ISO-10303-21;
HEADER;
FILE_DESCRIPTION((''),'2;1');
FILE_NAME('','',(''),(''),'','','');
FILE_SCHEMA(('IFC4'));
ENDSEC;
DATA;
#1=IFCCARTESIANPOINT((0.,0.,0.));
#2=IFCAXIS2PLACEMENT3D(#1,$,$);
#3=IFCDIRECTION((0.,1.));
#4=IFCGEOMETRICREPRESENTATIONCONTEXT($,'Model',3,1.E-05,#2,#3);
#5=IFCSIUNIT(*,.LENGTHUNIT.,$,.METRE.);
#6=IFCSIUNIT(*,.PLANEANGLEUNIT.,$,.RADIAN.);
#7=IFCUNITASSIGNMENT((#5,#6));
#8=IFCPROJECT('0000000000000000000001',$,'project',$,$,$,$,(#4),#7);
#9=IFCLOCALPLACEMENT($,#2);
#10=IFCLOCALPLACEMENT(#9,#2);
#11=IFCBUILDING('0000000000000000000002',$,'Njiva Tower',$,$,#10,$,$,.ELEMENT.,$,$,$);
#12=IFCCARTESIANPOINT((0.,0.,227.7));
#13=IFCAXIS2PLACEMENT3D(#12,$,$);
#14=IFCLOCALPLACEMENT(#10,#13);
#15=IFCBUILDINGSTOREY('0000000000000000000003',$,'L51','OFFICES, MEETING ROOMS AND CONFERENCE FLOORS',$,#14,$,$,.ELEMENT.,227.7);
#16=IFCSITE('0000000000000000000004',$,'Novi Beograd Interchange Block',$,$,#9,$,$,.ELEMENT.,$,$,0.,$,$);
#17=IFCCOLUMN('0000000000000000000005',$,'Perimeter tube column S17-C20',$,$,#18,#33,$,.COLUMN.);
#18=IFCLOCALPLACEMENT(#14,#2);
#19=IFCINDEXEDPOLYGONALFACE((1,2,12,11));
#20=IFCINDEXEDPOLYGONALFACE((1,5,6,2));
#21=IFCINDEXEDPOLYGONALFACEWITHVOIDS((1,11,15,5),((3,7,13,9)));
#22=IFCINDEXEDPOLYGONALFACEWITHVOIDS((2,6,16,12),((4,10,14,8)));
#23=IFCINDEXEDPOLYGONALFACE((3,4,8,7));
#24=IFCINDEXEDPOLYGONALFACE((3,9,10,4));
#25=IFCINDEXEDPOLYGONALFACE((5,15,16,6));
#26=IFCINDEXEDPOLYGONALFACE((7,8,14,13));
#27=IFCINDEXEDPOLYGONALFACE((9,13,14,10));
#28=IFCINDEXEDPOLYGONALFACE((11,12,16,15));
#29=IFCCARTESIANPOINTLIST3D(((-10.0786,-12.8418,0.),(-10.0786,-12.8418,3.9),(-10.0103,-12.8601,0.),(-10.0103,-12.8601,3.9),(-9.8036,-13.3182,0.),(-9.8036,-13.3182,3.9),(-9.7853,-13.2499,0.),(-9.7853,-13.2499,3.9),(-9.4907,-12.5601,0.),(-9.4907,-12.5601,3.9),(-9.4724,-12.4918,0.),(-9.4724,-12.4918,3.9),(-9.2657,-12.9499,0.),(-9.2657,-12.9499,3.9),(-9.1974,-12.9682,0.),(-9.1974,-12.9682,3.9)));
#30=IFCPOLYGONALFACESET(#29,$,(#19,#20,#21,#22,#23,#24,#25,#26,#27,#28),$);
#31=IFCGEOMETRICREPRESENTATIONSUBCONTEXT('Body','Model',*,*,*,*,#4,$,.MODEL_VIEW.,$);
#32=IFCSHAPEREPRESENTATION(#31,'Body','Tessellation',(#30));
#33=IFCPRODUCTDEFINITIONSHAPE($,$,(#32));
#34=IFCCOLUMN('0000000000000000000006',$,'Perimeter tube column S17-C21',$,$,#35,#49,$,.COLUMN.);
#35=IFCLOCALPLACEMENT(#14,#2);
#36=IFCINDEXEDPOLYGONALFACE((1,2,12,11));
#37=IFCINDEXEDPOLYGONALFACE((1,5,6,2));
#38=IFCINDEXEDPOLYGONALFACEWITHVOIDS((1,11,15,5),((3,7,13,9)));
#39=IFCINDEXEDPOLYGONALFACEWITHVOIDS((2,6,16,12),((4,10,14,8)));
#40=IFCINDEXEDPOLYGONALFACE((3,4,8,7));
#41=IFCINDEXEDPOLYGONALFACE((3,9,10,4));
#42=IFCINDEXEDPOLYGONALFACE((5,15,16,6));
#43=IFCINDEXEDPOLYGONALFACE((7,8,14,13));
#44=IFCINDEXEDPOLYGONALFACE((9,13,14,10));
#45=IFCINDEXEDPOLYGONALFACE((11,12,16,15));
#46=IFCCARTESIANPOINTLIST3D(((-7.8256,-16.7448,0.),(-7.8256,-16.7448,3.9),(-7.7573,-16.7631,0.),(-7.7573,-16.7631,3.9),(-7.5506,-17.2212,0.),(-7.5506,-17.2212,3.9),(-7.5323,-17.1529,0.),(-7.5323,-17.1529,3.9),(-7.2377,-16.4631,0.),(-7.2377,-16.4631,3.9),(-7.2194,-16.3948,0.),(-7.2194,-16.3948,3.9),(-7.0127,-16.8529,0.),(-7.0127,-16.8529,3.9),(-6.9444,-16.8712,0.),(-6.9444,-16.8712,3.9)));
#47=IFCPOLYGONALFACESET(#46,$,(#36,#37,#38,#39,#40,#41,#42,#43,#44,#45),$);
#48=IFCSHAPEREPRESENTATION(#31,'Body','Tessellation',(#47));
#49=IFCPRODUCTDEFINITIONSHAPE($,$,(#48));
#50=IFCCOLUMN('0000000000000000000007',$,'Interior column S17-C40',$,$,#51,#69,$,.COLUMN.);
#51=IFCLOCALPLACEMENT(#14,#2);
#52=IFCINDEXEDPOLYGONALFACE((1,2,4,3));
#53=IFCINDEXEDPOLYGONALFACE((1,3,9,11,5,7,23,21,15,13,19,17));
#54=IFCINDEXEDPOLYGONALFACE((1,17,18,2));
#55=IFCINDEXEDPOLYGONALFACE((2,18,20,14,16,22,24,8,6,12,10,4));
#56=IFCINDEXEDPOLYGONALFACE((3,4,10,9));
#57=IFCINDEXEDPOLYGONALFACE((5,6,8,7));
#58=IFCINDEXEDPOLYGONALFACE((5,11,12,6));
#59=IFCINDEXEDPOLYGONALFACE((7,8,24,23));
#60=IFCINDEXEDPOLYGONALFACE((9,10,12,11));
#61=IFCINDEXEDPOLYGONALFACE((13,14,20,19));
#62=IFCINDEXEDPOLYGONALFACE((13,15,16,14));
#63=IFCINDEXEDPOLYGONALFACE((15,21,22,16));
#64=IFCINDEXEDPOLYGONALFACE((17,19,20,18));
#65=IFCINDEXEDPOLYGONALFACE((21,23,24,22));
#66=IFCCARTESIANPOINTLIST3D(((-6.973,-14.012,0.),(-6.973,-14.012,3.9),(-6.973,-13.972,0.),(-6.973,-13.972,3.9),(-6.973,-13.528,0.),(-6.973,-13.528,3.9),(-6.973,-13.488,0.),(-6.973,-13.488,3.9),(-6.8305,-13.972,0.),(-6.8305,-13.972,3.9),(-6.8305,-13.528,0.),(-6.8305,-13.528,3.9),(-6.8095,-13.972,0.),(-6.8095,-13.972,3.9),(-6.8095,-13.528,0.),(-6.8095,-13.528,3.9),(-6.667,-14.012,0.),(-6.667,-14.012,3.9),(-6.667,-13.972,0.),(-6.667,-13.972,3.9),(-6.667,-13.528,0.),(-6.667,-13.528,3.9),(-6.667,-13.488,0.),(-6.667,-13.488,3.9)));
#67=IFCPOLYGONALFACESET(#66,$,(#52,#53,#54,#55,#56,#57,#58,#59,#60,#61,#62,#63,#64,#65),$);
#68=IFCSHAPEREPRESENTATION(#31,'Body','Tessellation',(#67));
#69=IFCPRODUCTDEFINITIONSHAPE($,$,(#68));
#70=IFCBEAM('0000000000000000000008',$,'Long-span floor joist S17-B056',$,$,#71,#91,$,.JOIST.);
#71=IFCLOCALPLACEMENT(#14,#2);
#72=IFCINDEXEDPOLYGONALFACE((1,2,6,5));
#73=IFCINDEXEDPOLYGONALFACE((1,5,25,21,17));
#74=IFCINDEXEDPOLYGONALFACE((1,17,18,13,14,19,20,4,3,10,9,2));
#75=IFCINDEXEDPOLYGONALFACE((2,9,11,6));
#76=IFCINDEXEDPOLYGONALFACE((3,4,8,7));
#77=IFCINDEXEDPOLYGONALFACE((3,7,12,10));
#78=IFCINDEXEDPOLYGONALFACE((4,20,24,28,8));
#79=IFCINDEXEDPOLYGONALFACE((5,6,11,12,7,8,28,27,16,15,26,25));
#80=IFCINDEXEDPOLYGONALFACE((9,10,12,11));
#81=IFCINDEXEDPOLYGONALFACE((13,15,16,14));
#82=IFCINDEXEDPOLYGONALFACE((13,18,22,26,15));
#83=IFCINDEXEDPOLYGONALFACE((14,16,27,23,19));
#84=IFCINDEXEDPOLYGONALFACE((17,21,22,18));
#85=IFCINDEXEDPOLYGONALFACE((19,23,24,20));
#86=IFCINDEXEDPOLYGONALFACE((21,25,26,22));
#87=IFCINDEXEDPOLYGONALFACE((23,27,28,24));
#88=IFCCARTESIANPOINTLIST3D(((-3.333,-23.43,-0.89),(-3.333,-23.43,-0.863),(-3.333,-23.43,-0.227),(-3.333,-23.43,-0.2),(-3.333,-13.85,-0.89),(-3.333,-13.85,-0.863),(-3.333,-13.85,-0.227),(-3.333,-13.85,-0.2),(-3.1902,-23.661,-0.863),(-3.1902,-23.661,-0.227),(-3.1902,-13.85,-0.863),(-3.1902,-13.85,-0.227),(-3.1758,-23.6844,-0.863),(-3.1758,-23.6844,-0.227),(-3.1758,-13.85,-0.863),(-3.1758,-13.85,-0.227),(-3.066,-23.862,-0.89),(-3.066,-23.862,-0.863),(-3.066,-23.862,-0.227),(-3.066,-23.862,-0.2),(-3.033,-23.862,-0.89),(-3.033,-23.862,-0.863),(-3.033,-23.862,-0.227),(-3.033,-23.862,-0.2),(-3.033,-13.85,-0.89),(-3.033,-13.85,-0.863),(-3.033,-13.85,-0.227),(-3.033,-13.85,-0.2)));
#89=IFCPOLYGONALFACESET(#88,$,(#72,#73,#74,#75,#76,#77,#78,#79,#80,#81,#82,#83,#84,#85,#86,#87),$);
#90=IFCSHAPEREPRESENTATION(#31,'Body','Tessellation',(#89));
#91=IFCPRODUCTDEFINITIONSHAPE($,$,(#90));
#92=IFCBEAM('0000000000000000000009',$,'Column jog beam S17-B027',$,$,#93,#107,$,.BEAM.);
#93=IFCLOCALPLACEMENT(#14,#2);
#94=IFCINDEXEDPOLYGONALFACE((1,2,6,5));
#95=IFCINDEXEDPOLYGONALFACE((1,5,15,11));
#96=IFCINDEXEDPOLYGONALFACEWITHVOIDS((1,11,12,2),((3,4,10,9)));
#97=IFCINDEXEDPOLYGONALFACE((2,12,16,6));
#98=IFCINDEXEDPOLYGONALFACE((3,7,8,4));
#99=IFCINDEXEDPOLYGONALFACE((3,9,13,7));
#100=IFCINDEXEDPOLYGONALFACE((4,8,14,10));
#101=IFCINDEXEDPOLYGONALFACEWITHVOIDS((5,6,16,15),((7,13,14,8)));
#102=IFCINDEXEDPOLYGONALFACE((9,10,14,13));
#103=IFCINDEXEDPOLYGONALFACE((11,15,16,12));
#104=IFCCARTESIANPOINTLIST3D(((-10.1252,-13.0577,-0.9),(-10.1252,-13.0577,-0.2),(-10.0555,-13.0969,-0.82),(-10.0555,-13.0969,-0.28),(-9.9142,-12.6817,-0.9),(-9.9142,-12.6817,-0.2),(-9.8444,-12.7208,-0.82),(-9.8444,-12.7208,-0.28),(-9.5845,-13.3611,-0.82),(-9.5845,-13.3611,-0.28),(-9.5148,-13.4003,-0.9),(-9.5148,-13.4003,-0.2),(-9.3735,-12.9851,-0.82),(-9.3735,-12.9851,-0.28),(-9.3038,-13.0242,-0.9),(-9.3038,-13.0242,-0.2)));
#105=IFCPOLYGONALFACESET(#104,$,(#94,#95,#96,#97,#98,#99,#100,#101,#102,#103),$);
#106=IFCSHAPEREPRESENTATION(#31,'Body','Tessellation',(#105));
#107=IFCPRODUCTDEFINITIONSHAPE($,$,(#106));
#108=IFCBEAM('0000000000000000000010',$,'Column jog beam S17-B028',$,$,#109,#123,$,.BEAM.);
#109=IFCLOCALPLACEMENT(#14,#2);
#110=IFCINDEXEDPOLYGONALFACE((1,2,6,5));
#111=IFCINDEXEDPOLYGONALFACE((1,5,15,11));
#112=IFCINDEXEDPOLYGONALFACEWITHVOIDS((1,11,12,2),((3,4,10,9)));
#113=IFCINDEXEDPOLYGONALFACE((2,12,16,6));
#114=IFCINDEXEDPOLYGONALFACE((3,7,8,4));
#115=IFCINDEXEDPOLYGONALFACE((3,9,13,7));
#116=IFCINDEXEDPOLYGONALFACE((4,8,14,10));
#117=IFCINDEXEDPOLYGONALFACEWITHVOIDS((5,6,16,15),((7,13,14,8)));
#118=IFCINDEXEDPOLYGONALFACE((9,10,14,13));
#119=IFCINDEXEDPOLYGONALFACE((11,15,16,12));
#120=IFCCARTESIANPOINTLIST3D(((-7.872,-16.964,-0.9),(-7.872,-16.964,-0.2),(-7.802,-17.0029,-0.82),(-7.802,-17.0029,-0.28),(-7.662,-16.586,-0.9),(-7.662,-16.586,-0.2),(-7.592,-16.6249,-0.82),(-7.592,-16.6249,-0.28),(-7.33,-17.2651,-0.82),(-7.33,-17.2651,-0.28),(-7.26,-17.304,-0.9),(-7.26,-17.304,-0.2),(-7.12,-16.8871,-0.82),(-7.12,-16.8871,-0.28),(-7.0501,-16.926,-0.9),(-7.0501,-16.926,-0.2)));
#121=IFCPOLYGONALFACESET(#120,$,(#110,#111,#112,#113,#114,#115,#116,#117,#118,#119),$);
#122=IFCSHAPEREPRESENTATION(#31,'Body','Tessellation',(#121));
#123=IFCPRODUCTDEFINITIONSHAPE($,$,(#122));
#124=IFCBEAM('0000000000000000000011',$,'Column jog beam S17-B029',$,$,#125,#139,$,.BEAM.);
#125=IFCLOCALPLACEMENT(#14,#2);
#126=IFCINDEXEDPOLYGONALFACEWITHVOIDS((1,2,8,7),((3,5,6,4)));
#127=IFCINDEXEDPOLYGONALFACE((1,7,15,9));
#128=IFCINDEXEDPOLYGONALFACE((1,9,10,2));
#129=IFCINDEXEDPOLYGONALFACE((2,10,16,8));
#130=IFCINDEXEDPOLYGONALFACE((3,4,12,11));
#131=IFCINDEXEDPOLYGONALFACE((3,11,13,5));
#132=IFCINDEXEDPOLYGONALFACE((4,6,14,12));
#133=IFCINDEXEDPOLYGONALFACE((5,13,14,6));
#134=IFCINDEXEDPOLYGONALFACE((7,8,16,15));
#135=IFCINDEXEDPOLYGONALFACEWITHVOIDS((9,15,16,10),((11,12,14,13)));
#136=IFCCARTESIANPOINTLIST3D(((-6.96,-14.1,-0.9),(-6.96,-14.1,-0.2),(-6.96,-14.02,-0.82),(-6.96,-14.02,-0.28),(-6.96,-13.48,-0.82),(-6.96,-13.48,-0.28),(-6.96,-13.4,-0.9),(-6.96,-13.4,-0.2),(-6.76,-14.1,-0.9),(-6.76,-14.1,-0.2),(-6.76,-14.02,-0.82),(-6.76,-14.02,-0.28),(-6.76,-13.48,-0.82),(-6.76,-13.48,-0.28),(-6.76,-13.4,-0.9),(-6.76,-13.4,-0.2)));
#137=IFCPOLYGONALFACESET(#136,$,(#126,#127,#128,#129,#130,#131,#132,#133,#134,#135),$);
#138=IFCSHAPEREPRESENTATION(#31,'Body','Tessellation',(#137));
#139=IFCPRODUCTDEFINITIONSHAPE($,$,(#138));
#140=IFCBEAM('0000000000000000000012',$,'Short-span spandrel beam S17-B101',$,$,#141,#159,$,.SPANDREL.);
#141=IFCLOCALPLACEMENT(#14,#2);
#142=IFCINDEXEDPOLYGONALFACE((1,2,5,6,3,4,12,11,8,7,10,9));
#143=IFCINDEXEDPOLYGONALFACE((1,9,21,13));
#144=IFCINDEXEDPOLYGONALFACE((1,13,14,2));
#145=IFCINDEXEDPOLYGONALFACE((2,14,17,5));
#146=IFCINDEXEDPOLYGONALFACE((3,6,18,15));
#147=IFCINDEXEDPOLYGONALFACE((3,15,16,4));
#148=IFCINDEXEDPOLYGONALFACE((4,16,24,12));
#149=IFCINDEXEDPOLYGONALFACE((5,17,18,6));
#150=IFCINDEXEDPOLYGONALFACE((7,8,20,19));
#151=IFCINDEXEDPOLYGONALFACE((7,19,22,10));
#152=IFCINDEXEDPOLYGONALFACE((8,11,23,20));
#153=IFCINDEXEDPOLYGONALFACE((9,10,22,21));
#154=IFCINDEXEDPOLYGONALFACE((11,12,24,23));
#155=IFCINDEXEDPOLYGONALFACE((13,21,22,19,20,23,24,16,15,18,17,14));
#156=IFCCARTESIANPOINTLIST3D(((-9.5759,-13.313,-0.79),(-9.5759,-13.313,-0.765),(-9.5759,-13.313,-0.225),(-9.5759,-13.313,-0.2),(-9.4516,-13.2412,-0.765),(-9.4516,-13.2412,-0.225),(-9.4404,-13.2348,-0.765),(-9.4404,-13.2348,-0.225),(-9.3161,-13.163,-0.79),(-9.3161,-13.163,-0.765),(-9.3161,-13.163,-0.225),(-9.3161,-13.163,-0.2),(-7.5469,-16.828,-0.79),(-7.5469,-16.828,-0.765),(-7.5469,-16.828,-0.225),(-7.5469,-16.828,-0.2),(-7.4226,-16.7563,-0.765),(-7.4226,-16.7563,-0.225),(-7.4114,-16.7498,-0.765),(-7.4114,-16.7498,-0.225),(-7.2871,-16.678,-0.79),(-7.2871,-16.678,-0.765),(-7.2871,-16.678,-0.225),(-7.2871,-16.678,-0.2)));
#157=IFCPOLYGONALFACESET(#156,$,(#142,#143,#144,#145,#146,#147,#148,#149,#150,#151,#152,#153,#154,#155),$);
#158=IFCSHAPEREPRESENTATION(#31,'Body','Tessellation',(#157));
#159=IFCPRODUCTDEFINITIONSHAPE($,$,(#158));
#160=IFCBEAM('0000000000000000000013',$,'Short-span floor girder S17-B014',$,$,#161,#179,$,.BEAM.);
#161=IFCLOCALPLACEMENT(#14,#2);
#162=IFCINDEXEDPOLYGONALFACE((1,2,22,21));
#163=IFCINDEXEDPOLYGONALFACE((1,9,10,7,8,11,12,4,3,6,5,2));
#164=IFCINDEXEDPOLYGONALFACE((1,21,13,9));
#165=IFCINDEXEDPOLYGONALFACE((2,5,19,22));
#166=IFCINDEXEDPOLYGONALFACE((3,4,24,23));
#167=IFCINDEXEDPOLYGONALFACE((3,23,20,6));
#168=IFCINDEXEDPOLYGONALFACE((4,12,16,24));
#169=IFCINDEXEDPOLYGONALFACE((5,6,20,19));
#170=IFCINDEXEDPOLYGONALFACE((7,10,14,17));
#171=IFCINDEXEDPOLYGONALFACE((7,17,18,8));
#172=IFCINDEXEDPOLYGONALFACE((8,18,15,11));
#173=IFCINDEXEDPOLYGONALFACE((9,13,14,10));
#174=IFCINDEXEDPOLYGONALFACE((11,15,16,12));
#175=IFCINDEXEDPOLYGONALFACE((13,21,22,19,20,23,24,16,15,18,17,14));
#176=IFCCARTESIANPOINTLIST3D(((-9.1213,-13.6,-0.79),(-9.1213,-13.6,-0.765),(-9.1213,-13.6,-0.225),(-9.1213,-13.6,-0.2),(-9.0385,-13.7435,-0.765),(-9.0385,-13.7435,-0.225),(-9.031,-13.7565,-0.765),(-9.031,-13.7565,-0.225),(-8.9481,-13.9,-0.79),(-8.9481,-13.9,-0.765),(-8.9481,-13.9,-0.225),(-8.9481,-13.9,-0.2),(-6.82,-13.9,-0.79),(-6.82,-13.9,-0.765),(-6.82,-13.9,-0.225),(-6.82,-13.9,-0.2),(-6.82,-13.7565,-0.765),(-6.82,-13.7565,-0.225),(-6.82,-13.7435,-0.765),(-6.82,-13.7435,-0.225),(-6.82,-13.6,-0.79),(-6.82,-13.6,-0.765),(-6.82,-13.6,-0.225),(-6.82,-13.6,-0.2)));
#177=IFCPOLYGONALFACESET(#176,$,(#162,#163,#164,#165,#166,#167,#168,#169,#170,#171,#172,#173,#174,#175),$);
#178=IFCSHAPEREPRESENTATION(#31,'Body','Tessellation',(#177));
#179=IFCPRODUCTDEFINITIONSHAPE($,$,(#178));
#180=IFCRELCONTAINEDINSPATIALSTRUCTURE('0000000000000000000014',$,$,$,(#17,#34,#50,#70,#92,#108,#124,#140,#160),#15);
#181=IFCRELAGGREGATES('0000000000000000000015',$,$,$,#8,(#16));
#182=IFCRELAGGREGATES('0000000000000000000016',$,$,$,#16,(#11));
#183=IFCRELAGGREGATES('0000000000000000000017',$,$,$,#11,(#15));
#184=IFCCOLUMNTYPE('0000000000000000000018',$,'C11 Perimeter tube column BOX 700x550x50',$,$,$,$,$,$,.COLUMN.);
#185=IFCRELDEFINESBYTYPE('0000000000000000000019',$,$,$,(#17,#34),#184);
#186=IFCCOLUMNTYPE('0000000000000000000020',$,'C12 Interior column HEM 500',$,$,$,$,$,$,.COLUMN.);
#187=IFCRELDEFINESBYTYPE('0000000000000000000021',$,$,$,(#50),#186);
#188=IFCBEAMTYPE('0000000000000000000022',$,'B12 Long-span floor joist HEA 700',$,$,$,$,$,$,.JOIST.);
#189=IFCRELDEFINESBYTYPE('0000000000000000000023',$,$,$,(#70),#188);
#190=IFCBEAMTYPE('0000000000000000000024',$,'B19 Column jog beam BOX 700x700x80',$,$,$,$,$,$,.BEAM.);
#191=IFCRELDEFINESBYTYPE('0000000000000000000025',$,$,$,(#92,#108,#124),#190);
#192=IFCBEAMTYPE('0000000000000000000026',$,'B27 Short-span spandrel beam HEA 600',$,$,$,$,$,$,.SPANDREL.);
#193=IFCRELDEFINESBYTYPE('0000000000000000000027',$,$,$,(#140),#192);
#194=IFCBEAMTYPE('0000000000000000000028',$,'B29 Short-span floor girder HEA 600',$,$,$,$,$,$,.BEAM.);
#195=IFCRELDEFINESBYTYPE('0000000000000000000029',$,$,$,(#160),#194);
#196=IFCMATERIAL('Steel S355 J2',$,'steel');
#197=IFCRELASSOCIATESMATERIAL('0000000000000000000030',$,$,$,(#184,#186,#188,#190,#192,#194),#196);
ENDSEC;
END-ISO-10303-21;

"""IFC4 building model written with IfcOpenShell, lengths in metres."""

from ifc_helpers import new_model, si_unit, direction, frame, origin, origin_2d, place, context, subcontext, project, spatial, hollow_rectangle, i_section, extrude, clip, halfspace, material, material_profile, profile_set, type_object, element, save


model = new_model("IFC4")

# Units and contexts
model_context = context("Model", 3, precision=1e-05, world=origin(), true_north=direction((0.0, 1.0)))
body_context = subcontext(model_context, "Body", "Model", "MODEL_VIEW")
ifc_project = project(units=[si_unit("LENGTHUNIT", "METRE"), si_unit("PLANEANGLEUNIT", "RADIAN")], contexts=[model_context])

# Site, building, storey
site_placement = place(None, origin())
site = spatial("IfcSite", under=ifc_project, at=site_placement, Name="Novi Beograd Interchange Block", CompositionType="ELEMENT", RefElevation=0.0)
building_placement = place(site_placement, origin())
building = spatial("IfcBuilding", under=site, at=building_placement, Name="Njiva Tower", CompositionType="ELEMENT")
storey_placement = place(building_placement, frame((0.0, 0.0, 227.7)))
storey = spatial("IfcBuildingStorey", under=building, at=storey_placement, Name="L51", Description="OFFICES, MEETING ROOMS AND CONFERENCE FLOORS", CompositionType="ELEMENT", Elevation=227.7)

# Columns
ifc_material_1 = material(Name="Steel S355 J2", Category="steel")
ifc_material_profile_1 = material_profile(ifc_material_1, hollow_rectangle(XDim=0.55, YDim=0.7, WallThickness=0.05, at=origin_2d()), Name="BOX 700x550x50")
ifc_profile_set_1 = profile_set([ifc_material_profile_1], Name="Steel S355 J2")
column_type_1 = type_object("IfcColumnType", Name="C11 Perimeter tube column BOX 700x550x50", PredefinedType="COLUMN", material=ifc_profile_set_1)
for number, where, z_axis, x_axis, name in (
    (1, (-9.638, -12.905, 0.0), (0.0, 0.0, 1.0), (0.5, -0.866025, 0.0), "Perimeter tube column S17-C20"),
    (2, (-7.385, -16.808, 0.0), (0.0, 0.0, 1.0), (0.5, -0.866025, 0.0), "Perimeter tube column S17-C21"),
):
    element("IfcColumn", number, at=place(storey_placement, frame(where, z_axis=z_axis, x_axis=x_axis)), inside=storey, type_object=column_type_1, Name=name, PredefinedType="COLUMN", context=body_context, shape_type="SweptSolid", body=[
        extrude(hollow_rectangle(XDim=0.55, YDim=0.7, WallThickness=0.05, at=origin_2d()), origin(), (0.0, 0.0, 1.0), 3.9),
    ])
ifc_material_profile_2 = material_profile(ifc_material_1, i_section(OverallWidth=0.306, OverallDepth=0.524, WebThickness=0.021, FlangeThickness=0.04, at=origin_2d()), Name="HEM 500")
ifc_profile_set_2 = profile_set([ifc_material_profile_2], Name="Steel S355 J2")
column_type_2 = type_object("IfcColumnType", Name="C12 Interior column HEM 500", PredefinedType="COLUMN", material=ifc_profile_set_2)
column_placement = place(storey_placement, frame((-6.82, -13.75, 0.0), z_axis=(0.0, 0.0, 1.0), x_axis=(1.0, 0.0, 0.0)))
element("IfcColumn", 3, at=column_placement, inside=storey, type_object=column_type_2, Name="Interior column S17-C40", PredefinedType="COLUMN", context=body_context, shape_type="SweptSolid", body=[
    extrude(i_section(OverallWidth=0.306, OverallDepth=0.524, WebThickness=0.021, FlangeThickness=0.04, at=origin_2d()), origin(), (0.0, 0.0, 1.0), 3.9),
])

# Beams
ifc_material_profile_3 = material_profile(ifc_material_1, i_section(OverallWidth=0.3, OverallDepth=0.69, WebThickness=0.0145, FlangeThickness=0.027, at=origin_2d()), Name="HEA 700")
ifc_profile_set_3 = profile_set([ifc_material_profile_3], Name="Steel S355 J2")
beam_type_1 = type_object("IfcBeamType", Name="B12 Long-span floor joist HEA 700", PredefinedType="JOIST", material=ifc_profile_set_3)
beam_1_placement = place(storey_placement, frame((-3.183, -13.85, -0.545), z_axis=(0.0, -1.0, 0.0), x_axis=(1.0, 0.0, 0.0)))
element("IfcBeam", 4, at=beam_1_placement, inside=storey, type_object=beam_type_1, Name="Long-span floor joist S17-B056", PredefinedType="JOIST", context=body_context, shape_type="Clipping", body=[
    clip(extrude(i_section(OverallWidth=0.3, OverallDepth=0.69, WebThickness=0.0145, FlangeThickness=0.027, at=origin_2d()), origin(), (0.0, 0.0, 1.0), 10.012), halfspace(frame((-0.0429, 0.0, 9.7533), z_axis=(-0.850616, 0.0, 0.525788), x_axis=(0.0, 1.0, 0.0)), False)),
])
ifc_material_profile_4 = material_profile(ifc_material_1, hollow_rectangle(XDim=0.7, YDim=0.7, WallThickness=0.08, at=origin_2d()), Name="BOX 700x700x80")
ifc_profile_set_4 = profile_set([ifc_material_profile_4], Name="Steel S355 J2")
beam_type_2 = type_object("IfcBeamType", Name="B19 Column jog beam BOX 700x700x80", PredefinedType="BEAM", material=ifc_profile_set_4)
beam_2_placement = place(storey_placement, frame((-9.82, -13.229, -0.55), z_axis=(0.48938, 0.872071, 0.0), x_axis=(-0.872071, 0.48938, 0.0)))
element("IfcBeam", 5, at=beam_2_placement, inside=storey, type_object=beam_type_2, Name="Column jog beam S17-B027", PredefinedType="BEAM", context=body_context, shape_type="SweptSolid", body=[
    extrude(hollow_rectangle(XDim=0.7, YDim=0.7, WallThickness=0.08, at=origin_2d()), origin(), (0.0, 0.0, 1.0), 0.4312),
])
beam_3_placement = place(storey_placement, frame((-7.566, -17.134, -0.55), z_axis=(0.485643, 0.874157, 0.0), x_axis=(-0.874157, 0.485643, 0.0)))
element("IfcBeam", 6, at=beam_3_placement, inside=storey, type_object=beam_type_2, Name="Column jog beam S17-B028", PredefinedType="BEAM", context=body_context, shape_type="SweptSolid", body=[
    extrude(hollow_rectangle(XDim=0.7, YDim=0.7, WallThickness=0.08, at=origin_2d()), origin(), (0.0, 0.0, 1.0), 0.4324),
])
beam_4_placement = place(storey_placement, frame((-6.96, -13.75, -0.55), z_axis=(1.0, 0.0, 0.0), x_axis=(0.0, 1.0, 0.0)))
element("IfcBeam", 7, at=beam_4_placement, inside=storey, type_object=beam_type_2, Name="Column jog beam S17-B029", PredefinedType="BEAM", context=body_context, shape_type="SweptSolid", body=[
    extrude(hollow_rectangle(XDim=0.7, YDim=0.7, WallThickness=0.08, at=origin_2d()), origin(), (0.0, 0.0, 1.0), 0.2),
])
ifc_material_profile_5 = material_profile(ifc_material_1, i_section(OverallWidth=0.3, OverallDepth=0.59, WebThickness=0.013, FlangeThickness=0.025, at=origin_2d()), Name="HEA 600")
ifc_profile_set_5 = profile_set([ifc_material_profile_5], Name="Steel S355 J2")
beam_type_3 = type_object("IfcBeamType", Name="B27 Short-span spandrel beam HEA 600", PredefinedType="SPANDREL", material=ifc_profile_set_5)
beam_5_placement = place(storey_placement, frame((-9.446, -13.238, -0.495), z_axis=(0.499929, -0.866067, 0.0), x_axis=(0.866067, 0.499929, 0.0)))
element("IfcBeam", 8, at=beam_5_placement, inside=storey, type_object=beam_type_3, Name="Short-span spandrel beam S17-B101", PredefinedType="SPANDREL", context=body_context, shape_type="SweptSolid", body=[
    extrude(i_section(OverallWidth=0.3, OverallDepth=0.59, WebThickness=0.013, FlangeThickness=0.025, at=origin_2d()), origin(), (0.0, 0.0, 1.0), 4.0586),
])
ifc_material_profile_6 = material_profile(ifc_material_1, i_section(OverallWidth=0.3, OverallDepth=0.59, WebThickness=0.013, FlangeThickness=0.025, at=origin_2d()), Name="HEA 600")
ifc_profile_set_6 = profile_set([ifc_material_profile_6], Name="Steel S355 J2")
beam_type_4 = type_object("IfcBeamType", Name="B29 Short-span floor girder HEA 600", PredefinedType="BEAM", material=ifc_profile_set_6)
beam_6_placement = place(storey_placement, frame((-9.142, -13.75, -0.495), z_axis=(1.0, 0.0, 0.0), x_axis=(0.0, 1.0, 0.0)))
element("IfcBeam", 9, at=beam_6_placement, inside=storey, type_object=beam_type_4, Name="Short-span floor girder S17-B014", PredefinedType="BEAM", context=body_context, shape_type="Clipping", body=[
    clip(extrude(i_section(OverallWidth=0.3, OverallDepth=0.59, WebThickness=0.013, FlangeThickness=0.025, at=origin_2d()), origin(), (0.0, 0.0, 1.0), 2.322), halfspace(frame((-0.025, 0.0, 0.1217), z_axis=(-0.499998, 0.0, -0.866027), x_axis=(0.0, -1.0, 0.0)), False)),
])

save(model, "model.ifc")
